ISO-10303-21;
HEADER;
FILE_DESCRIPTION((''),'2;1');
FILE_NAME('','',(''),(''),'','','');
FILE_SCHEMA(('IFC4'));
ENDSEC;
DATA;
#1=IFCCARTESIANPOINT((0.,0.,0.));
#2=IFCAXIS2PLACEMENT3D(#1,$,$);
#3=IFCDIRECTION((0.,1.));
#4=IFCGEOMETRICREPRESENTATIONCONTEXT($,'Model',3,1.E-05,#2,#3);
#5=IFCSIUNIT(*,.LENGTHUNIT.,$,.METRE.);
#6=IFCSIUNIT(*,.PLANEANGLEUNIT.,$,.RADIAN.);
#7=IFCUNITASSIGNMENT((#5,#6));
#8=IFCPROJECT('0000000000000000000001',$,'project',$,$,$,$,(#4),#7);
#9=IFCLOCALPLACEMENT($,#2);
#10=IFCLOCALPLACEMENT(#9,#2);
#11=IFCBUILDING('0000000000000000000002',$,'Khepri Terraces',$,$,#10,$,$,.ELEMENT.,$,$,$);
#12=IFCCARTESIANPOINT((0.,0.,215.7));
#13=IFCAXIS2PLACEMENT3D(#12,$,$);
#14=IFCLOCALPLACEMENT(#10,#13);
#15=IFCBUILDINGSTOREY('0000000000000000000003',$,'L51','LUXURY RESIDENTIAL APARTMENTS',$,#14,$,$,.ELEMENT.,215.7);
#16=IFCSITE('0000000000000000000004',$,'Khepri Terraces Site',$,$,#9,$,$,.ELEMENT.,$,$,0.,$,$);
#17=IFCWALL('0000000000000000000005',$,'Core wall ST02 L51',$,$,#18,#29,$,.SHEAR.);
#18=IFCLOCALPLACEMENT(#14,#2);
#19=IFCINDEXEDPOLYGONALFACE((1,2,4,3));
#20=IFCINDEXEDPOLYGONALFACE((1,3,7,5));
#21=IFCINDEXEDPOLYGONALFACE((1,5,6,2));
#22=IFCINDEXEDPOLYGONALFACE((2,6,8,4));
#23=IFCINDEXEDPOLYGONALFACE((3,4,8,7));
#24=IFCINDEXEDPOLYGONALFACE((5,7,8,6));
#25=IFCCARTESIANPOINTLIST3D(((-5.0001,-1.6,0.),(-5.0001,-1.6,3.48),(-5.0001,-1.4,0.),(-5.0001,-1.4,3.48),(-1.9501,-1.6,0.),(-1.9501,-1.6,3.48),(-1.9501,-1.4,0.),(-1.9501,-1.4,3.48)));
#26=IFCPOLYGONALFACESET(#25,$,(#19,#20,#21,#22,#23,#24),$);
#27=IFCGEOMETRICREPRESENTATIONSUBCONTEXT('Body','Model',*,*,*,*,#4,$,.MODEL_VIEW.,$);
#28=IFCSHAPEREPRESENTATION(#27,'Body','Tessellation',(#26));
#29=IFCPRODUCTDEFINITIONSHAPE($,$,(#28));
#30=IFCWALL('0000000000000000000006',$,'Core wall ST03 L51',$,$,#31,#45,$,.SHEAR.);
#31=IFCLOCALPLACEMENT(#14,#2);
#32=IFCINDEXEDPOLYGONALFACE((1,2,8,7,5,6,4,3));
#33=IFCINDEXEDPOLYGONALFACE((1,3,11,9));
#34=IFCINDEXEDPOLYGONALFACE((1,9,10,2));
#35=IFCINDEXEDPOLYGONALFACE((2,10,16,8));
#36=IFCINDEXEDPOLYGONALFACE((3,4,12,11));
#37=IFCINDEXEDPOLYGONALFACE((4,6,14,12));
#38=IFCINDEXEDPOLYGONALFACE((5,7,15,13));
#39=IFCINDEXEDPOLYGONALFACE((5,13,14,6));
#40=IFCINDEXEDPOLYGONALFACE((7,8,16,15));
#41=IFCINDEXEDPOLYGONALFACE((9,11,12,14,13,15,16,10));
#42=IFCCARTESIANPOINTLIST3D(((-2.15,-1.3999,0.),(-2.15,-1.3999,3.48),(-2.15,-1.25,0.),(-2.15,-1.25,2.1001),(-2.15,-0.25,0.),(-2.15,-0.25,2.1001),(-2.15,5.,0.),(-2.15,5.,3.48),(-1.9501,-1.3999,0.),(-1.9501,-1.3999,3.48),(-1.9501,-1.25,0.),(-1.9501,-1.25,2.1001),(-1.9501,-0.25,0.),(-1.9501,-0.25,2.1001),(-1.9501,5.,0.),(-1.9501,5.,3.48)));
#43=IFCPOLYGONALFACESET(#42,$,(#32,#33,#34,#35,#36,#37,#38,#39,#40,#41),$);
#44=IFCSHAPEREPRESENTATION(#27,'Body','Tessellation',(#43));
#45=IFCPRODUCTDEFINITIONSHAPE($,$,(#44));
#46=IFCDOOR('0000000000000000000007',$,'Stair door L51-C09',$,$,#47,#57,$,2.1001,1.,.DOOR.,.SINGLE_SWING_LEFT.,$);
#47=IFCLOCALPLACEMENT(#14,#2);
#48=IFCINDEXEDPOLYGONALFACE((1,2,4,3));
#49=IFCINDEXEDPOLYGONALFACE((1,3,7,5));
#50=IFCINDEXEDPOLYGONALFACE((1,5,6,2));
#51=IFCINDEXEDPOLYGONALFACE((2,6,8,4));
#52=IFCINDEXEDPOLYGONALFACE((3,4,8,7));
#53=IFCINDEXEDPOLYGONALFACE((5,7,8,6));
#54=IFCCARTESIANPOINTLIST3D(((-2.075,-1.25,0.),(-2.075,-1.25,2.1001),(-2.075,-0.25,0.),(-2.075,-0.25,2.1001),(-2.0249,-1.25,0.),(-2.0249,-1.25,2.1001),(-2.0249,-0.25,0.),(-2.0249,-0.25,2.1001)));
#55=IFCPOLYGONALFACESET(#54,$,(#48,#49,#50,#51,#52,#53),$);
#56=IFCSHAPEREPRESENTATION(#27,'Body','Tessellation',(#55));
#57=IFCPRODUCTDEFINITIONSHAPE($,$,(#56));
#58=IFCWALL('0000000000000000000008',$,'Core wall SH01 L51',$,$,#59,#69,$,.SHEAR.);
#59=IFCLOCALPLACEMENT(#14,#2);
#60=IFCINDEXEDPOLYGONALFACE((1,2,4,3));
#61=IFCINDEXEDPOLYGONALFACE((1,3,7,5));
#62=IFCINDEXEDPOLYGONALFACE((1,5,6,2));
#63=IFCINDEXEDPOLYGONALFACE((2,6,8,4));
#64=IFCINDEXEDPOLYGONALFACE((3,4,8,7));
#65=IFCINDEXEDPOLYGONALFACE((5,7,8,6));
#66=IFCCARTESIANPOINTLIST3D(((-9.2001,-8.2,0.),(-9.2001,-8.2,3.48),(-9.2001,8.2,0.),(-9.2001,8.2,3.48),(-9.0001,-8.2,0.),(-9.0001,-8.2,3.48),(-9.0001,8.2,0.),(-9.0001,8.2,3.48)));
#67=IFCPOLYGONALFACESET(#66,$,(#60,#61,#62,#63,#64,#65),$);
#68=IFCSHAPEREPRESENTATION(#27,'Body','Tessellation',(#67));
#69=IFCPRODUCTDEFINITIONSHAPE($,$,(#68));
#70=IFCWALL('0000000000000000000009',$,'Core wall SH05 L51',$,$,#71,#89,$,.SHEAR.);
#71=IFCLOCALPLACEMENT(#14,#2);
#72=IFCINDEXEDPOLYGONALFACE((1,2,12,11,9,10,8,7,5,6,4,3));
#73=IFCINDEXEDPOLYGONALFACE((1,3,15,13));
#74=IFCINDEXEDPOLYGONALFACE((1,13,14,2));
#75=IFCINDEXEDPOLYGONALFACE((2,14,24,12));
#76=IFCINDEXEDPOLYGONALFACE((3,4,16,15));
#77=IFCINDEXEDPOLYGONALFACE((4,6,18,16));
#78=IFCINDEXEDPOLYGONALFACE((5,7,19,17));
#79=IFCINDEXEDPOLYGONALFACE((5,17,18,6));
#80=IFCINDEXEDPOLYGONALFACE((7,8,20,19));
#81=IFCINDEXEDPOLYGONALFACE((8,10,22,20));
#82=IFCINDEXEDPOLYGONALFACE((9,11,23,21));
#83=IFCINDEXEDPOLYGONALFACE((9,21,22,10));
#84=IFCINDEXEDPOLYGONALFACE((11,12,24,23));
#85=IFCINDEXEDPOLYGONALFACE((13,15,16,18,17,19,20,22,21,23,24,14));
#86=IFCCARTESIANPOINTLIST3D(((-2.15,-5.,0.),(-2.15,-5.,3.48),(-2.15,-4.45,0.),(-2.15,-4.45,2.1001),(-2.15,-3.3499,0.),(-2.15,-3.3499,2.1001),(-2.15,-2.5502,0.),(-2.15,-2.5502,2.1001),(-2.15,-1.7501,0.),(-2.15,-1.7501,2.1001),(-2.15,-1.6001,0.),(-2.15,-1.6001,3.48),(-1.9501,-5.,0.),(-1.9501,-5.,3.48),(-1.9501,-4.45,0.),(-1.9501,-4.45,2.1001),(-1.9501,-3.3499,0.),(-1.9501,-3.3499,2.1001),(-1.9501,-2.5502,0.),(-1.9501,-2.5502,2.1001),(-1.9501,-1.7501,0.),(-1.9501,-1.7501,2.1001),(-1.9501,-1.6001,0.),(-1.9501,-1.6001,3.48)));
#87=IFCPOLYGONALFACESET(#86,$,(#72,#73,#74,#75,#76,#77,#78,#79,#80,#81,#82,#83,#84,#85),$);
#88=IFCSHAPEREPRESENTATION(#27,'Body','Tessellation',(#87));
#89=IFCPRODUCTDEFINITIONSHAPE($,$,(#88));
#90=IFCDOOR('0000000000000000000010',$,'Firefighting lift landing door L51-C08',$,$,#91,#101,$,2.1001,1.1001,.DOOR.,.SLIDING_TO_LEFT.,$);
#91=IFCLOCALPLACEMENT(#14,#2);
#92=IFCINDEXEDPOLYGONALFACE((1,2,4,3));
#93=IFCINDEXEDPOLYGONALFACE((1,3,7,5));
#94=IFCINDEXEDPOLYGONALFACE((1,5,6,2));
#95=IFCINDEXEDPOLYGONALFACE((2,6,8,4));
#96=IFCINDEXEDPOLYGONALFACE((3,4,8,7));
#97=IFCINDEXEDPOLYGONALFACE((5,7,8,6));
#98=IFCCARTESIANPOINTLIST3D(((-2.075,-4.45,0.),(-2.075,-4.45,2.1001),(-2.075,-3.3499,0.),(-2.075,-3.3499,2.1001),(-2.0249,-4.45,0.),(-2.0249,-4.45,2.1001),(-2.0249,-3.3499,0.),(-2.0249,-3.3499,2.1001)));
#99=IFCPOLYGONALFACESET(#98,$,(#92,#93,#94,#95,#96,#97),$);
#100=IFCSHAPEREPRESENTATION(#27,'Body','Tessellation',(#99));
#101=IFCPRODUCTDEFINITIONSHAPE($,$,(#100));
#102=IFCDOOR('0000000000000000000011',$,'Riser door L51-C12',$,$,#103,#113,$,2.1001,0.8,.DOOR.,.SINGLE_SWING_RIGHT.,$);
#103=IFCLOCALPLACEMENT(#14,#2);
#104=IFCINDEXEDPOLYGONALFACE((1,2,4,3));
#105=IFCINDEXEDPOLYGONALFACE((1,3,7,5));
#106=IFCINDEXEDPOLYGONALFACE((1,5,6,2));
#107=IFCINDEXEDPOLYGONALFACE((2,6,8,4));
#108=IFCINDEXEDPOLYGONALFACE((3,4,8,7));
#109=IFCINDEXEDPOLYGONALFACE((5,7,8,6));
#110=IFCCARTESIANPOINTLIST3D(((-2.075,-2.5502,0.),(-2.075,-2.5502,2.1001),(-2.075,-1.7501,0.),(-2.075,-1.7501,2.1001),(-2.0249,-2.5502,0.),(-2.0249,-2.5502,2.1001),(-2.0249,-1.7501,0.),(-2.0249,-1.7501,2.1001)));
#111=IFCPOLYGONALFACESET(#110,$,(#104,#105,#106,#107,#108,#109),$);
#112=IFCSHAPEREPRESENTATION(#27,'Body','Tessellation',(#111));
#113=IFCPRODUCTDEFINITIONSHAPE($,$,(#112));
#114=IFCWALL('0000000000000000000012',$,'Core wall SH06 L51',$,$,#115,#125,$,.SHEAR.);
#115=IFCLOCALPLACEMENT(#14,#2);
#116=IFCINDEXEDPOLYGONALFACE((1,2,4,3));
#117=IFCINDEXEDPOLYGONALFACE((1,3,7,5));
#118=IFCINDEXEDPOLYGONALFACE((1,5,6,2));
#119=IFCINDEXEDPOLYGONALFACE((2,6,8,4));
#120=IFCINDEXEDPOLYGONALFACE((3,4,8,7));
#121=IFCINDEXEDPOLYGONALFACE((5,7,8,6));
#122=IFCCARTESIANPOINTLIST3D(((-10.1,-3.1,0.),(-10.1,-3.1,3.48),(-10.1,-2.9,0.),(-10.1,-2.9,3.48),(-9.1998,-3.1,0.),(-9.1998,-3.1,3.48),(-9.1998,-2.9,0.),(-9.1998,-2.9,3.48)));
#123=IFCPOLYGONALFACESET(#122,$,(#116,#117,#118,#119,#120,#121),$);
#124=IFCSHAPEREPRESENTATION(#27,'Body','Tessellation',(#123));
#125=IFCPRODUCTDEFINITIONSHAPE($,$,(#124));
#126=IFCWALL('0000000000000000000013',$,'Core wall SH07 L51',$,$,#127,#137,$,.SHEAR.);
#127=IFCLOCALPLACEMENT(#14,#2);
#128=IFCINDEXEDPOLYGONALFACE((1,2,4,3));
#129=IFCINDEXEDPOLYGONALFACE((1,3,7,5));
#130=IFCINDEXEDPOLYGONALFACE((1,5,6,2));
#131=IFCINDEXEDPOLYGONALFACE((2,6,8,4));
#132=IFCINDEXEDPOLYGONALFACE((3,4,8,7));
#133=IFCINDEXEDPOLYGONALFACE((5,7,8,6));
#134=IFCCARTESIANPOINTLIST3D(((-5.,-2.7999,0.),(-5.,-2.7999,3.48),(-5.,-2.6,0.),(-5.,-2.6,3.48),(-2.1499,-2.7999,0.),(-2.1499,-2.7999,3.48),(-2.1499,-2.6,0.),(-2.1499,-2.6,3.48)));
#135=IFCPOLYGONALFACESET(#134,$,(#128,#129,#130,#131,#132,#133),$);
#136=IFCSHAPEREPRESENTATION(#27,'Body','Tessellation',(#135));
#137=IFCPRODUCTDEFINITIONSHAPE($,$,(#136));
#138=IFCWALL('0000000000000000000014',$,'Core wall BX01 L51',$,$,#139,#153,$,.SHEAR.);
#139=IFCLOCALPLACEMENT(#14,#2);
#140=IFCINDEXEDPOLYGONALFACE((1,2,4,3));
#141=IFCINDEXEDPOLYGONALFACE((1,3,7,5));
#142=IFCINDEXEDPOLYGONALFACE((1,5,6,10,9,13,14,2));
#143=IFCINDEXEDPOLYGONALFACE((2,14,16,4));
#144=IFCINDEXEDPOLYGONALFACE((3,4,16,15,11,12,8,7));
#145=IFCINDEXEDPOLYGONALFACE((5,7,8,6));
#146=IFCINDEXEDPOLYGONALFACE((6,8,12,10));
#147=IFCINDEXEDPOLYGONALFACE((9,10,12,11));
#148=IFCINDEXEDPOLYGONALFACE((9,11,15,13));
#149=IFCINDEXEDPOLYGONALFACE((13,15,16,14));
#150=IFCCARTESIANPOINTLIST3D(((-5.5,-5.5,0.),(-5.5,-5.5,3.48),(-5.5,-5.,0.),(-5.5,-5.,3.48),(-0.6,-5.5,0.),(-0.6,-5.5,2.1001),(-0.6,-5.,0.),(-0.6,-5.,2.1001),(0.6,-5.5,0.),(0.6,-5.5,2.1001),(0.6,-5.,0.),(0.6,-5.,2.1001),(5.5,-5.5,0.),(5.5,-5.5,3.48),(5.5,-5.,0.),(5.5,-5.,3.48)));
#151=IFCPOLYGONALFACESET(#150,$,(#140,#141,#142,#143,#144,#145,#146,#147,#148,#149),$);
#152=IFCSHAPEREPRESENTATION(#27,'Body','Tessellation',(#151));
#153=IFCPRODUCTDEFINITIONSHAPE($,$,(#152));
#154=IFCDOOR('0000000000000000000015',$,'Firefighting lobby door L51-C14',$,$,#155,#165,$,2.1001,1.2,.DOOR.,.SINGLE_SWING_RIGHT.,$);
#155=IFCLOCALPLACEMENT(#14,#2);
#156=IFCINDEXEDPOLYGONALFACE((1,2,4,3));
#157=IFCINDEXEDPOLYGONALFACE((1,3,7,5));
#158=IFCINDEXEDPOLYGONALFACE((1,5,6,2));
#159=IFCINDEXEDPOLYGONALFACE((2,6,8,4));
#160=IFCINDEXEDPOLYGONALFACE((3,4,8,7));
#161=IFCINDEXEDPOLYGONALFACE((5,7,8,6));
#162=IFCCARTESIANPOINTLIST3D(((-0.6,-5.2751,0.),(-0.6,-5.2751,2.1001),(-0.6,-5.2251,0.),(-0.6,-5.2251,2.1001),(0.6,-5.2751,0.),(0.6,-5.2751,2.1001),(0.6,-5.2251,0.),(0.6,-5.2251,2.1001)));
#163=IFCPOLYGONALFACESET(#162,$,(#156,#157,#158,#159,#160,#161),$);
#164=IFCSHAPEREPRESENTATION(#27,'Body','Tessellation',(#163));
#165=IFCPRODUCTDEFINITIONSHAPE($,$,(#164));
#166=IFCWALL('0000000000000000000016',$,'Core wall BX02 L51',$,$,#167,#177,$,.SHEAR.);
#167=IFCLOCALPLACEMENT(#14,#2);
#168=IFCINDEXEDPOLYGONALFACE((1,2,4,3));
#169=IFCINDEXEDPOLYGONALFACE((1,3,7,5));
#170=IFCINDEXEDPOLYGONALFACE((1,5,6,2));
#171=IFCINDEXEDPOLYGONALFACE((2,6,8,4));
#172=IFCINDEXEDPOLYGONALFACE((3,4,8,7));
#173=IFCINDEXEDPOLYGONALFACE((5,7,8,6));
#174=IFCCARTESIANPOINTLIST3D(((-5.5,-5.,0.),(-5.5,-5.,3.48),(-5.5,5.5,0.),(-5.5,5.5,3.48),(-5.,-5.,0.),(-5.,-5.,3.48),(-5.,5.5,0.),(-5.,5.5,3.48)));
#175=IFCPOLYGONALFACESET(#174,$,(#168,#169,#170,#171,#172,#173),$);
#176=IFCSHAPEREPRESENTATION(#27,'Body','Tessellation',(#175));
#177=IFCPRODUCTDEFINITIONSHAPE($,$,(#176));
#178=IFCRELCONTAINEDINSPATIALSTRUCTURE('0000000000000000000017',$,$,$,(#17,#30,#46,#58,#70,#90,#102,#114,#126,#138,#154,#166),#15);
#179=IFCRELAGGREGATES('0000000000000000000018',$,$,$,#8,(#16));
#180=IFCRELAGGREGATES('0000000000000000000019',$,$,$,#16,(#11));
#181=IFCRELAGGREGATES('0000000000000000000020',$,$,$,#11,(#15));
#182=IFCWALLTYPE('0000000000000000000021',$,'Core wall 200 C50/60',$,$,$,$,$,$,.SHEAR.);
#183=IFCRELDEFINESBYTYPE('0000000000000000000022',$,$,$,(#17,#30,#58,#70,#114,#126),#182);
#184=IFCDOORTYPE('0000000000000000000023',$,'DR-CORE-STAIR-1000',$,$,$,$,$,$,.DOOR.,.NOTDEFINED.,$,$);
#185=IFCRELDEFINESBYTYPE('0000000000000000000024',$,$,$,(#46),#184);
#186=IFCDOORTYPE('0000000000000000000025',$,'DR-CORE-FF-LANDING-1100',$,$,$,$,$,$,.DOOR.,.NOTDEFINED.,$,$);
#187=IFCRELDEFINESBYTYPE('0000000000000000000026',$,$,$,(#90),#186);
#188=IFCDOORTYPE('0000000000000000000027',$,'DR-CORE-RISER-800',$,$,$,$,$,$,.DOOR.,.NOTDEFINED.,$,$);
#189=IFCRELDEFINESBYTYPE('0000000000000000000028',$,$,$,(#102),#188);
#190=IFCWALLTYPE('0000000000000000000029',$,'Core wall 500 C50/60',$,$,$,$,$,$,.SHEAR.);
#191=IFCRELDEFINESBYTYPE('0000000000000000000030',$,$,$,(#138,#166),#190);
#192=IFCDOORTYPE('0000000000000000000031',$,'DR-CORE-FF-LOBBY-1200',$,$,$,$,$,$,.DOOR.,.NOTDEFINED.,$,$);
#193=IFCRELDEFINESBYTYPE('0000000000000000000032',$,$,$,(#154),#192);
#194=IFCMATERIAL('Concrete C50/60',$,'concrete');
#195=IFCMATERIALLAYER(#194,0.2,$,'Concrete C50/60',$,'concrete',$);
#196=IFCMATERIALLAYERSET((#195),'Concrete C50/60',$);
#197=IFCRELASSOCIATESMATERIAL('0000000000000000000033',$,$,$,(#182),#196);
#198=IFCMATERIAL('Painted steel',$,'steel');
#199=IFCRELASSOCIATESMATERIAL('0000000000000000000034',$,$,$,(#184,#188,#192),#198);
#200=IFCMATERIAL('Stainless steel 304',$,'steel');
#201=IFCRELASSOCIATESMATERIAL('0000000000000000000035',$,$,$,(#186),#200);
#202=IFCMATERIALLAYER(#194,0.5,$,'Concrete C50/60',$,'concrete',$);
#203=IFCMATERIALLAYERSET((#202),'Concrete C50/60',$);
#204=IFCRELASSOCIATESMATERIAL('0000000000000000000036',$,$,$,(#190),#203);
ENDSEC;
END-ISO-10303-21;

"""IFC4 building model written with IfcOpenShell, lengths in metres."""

from ifc_helpers import new_model, si_unit, direction, frame, frame_2d, origin, place, context, subcontext, project, spatial, rectangle, extrude, material, layer, layer_set, type_object, element, fill, save


model = new_model("IFC4")

# Units and contexts
model_context = context("Model", 3, precision=1e-05, world=origin(), true_north=direction((0.0, 1.0)))
body_context = subcontext(model_context, "Body", "Model", "MODEL_VIEW")
ifc_project = project(units=[si_unit("LENGTHUNIT", "METRE"), si_unit("PLANEANGLEUNIT", "RADIAN")], contexts=[model_context])

# Site, building, storey
site_placement = place(None, origin())
site = spatial("IfcSite", under=ifc_project, at=site_placement, Name="Khepri Terraces Site", CompositionType="ELEMENT", RefElevation=0.0)
building_placement = place(site_placement, origin())
building = spatial("IfcBuilding", under=site, at=building_placement, Name="Khepri Terraces", CompositionType="ELEMENT")
storey_placement = place(building_placement, frame((0.0, 0.0, 215.7)))
storey = spatial("IfcBuildingStorey", under=building, at=storey_placement, Name="L51", Description="LUXURY RESIDENTIAL APARTMENTS", CompositionType="ELEMENT", Elevation=215.7)

# Wall
ifc_material_1 = material(Name="Concrete C50/60", Category="concrete")
ifc_layer_1 = layer(ifc_material_1, 0.2, Name="Concrete C50/60", Category="concrete")
ifc_layer_set_1 = layer_set([ifc_layer_1], Name="Concrete C50/60")
wall_type_1 = type_object("IfcWallType", Name="Core wall 200 C50/60", PredefinedType="SHEAR", material=ifc_layer_set_1)
wall_1_placement = place(storey_placement, frame((-5.0, -1.5, 0.0), z_axis=(0.0, 0.0, 1.0), x_axis=(1.0, 0.0, 0.0)))
element("IfcWall", 1, at=wall_1_placement, inside=storey, type_object=wall_type_1, Name="Core wall ST02 L51", PredefinedType="SHEAR", context=body_context, shape_type="SweptSolid", body=[
    extrude(rectangle(XDim=3.05, YDim=0.2, at=frame_2d((1.5249, 0.0))), origin(), (0.0, 0.0, 1.0), 3.48),
])

# Wall, opening, door
wall_2_placement = place(storey_placement, frame((-2.05, -1.3999, 0.0), z_axis=(0.0, 0.0, 1.0), x_axis=(0.0, 1.0, 0.0)))
wall_2 = element("IfcWall", 2, at=wall_2_placement, inside=storey, type_object=wall_type_1, Name="Core wall ST03 L51", PredefinedType="SHEAR", context=body_context, shape_type="SweptSolid", body=[
    extrude(rectangle(XDim=6.3999, YDim=0.2, at=frame_2d((3.2, 0.0))), origin(), (0.0, 0.0, 1.0), 3.48),
])
opening_1_placement = place(wall_2_placement, frame((0.1499, 0.0, 0.0)))
opening_1 = element("IfcOpeningElement", 3, at=opening_1_placement, cuts=wall_2, PredefinedType="OPENING", context=body_context, shape_type="SweptSolid", body=[
    extrude(rectangle(XDim=1.0, YDim=2.1001, at=frame_2d((0.5, 1.05))), frame((0.0, 0.1099, 0.0), z_axis=(0.0, -1.0, 0.0), x_axis=(1.0, 0.0, 0.0)), (0.0, 0.0, 1.0), 0.22),
])
ifc_material_2 = material(Name="Painted steel", Category="steel")
door_type_1 = type_object("IfcDoorType", Name="DR-CORE-STAIR-1000", OperationType="NOTDEFINED", PredefinedType="DOOR", material=ifc_material_2)
door_1_placement = place(opening_1_placement, origin())
door_1 = element("IfcDoor", 4, at=door_1_placement, inside=storey, type_object=door_type_1, Name="Stair door L51-C09", OperationType="SINGLE_SWING_LEFT", OverallHeight=2.1001, OverallWidth=1.0, PredefinedType="DOOR", context=body_context, shape_type="SweptSolid", body=[
    extrude(rectangle(XDim=1.0, YDim=2.1001, at=frame_2d((0.5, 1.05))), frame((0.0, 0.0249, 0.0), z_axis=(0.0, -1.0, 0.0), x_axis=(1.0, 0.0, 0.0)), (0.0, 0.0, 1.0), 0.05),
])
fill(opening_1, door_1)

# Wall
wall_3_placement = place(storey_placement, frame((-9.1001, -8.2, 0.0), z_axis=(0.0, 0.0, 1.0), x_axis=(0.0, 1.0, 0.0)))
element("IfcWall", 5, at=wall_3_placement, inside=storey, type_object=wall_type_1, Name="Core wall SH01 L51", PredefinedType="SHEAR", context=body_context, shape_type="SweptSolid", body=[
    extrude(rectangle(XDim=16.3999, YDim=0.2, at=frame_2d((8.2, 0.0))), origin(), (0.0, 0.0, 1.0), 3.48),
])

# Wall, openings, doors
wall_4_placement = place(storey_placement, frame((-2.05, -5.0, 0.0), z_axis=(0.0, 0.0, 1.0), x_axis=(0.0, 1.0, 0.0)))
wall_4 = element("IfcWall", 6, at=wall_4_placement, inside=storey, type_object=wall_type_1, Name="Core wall SH05 L51", PredefinedType="SHEAR", context=body_context, shape_type="SweptSolid", body=[
    extrude(rectangle(XDim=3.3999, YDim=0.2, at=frame_2d((1.7, 0.0))), origin(), (0.0, 0.0, 1.0), 3.48),
])
opening_2_placement = place(wall_4_placement, frame((0.55, 0.0, 0.0)))
opening_2 = element("IfcOpeningElement", 7, at=opening_2_placement, cuts=wall_4, PredefinedType="OPENING", context=body_context, shape_type="SweptSolid", body=[
    extrude(rectangle(XDim=1.1001, YDim=2.1001, at=frame_2d((0.55, 1.05))), frame((0.0, 0.1099, 0.0), z_axis=(0.0, -1.0, 0.0), x_axis=(1.0, 0.0, 0.0)), (0.0, 0.0, 1.0), 0.22),
])
opening_3_placement = place(wall_4_placement, frame((2.45, 0.0, 0.0)))
opening_3 = element("IfcOpeningElement", 8, at=opening_3_placement, cuts=wall_4, PredefinedType="OPENING", context=body_context, shape_type="SweptSolid", body=[
    extrude(rectangle(XDim=0.8, YDim=2.1001, at=frame_2d((0.3999, 1.05))), frame((0.0, 0.1099, 0.0), z_axis=(0.0, -1.0, 0.0), x_axis=(1.0, 0.0, 0.0)), (0.0, 0.0, 1.0), 0.22),
])
ifc_material_3 = material(Name="Stainless steel 304", Category="steel")
door_type_2 = type_object("IfcDoorType", Name="DR-CORE-FF-LANDING-1100", OperationType="NOTDEFINED", PredefinedType="DOOR", material=ifc_material_3)
door_2_placement = place(opening_2_placement, origin())
door_2 = element("IfcDoor", 9, at=door_2_placement, inside=storey, type_object=door_type_2, Name="Firefighting lift landing door L51-C08", OperationType="SLIDING_TO_LEFT", OverallHeight=2.1001, OverallWidth=1.1001, PredefinedType="DOOR", context=body_context, shape_type="SweptSolid", body=[
    extrude(rectangle(XDim=1.1001, YDim=2.1001, at=frame_2d((0.55, 1.05))), frame((0.0, 0.0249, 0.0), z_axis=(0.0, -1.0, 0.0), x_axis=(1.0, 0.0, 0.0)), (0.0, 0.0, 1.0), 0.05),
])
fill(opening_2, door_2)
door_type_3 = type_object("IfcDoorType", Name="DR-CORE-RISER-800", OperationType="NOTDEFINED", PredefinedType="DOOR", material=ifc_material_2)
door_3_placement = place(opening_3_placement, origin())
door_3 = element("IfcDoor", 10, at=door_3_placement, inside=storey, type_object=door_type_3, Name="Riser door L51-C12", OperationType="SINGLE_SWING_RIGHT", OverallHeight=2.1001, OverallWidth=0.8, PredefinedType="DOOR", context=body_context, shape_type="SweptSolid", body=[
    extrude(rectangle(XDim=0.8, YDim=2.1001, at=frame_2d((0.3999, 1.05))), frame((0.0, 0.0249, 0.0), z_axis=(0.0, -1.0, 0.0), x_axis=(1.0, 0.0, 0.0)), (0.0, 0.0, 1.0), 0.05),
])
fill(opening_3, door_3)

# Walls
wall_5_placement = place(storey_placement, frame((-10.1001, -3.0, 0.0), z_axis=(0.0, 0.0, 1.0), x_axis=(1.0, 0.0, 0.0)))
element("IfcWall", 11, at=wall_5_placement, inside=storey, type_object=wall_type_1, Name="Core wall SH06 L51", PredefinedType="SHEAR", context=body_context, shape_type="SweptSolid", body=[
    extrude(rectangle(XDim=0.9001, YDim=0.2, at=frame_2d((0.4502, 0.0))), origin(), (0.0, 0.0, 1.0), 3.48),
])
wall_6_placement = place(storey_placement, frame((-5.0, -2.7, 0.0), z_axis=(0.0, 0.0, 1.0), x_axis=(1.0, 0.0, 0.0)))
element("IfcWall", 12, at=wall_6_placement, inside=storey, type_object=wall_type_1, Name="Core wall SH07 L51", PredefinedType="SHEAR", context=body_context, shape_type="SweptSolid", body=[
    extrude(rectangle(XDim=2.8501, YDim=0.2, at=frame_2d((1.425, 0.0))), origin(), (0.0, 0.0, 1.0), 3.48),
])

# Wall, opening, door
ifc_layer_2 = layer(ifc_material_1, 0.5, Name="Concrete C50/60", Category="concrete")
ifc_layer_set_2 = layer_set([ifc_layer_2], Name="Concrete C50/60")
wall_type_2 = type_object("IfcWallType", Name="Core wall 500 C50/60", PredefinedType="SHEAR", material=ifc_layer_set_2)
wall_7_placement = place(storey_placement, frame((-5.5, -5.25, 0.0), z_axis=(0.0, 0.0, 1.0), x_axis=(1.0, 0.0, 0.0)))
wall_7 = element("IfcWall", 13, at=wall_7_placement, inside=storey, type_object=wall_type_2, Name="Core wall BX01 L51", PredefinedType="SHEAR", context=body_context, shape_type="SweptSolid", body=[
    extrude(rectangle(XDim=11.0, YDim=0.5, at=frame_2d((5.5, 0.0))), origin(), (0.0, 0.0, 1.0), 3.48),
])
opening_4_placement = place(wall_7_placement, frame((4.8999, 0.0, 0.0)))
opening_4 = element("IfcOpeningElement", 14, at=opening_4_placement, cuts=wall_7, PredefinedType="OPENING", context=body_context, shape_type="SweptSolid", body=[
    extrude(rectangle(XDim=1.2, YDim=2.1001, at=frame_2d((0.6001, 1.05))), frame((0.0, 0.26, 0.0), z_axis=(0.0, -1.0, 0.0), x_axis=(1.0, 0.0, 0.0)), (0.0, 0.0, 1.0), 0.52),
])
door_type_4 = type_object("IfcDoorType", Name="DR-CORE-FF-LOBBY-1200", OperationType="NOTDEFINED", PredefinedType="DOOR", material=ifc_material_2)
door_4_placement = place(opening_4_placement, origin())
door_4 = element("IfcDoor", 15, at=door_4_placement, inside=storey, type_object=door_type_4, Name="Firefighting lobby door L51-C14", OperationType="SINGLE_SWING_RIGHT", OverallHeight=2.1001, OverallWidth=1.2, PredefinedType="DOOR", context=body_context, shape_type="SweptSolid", body=[
    extrude(rectangle(XDim=1.2, YDim=2.1001, at=frame_2d((0.6001, 1.05))), frame((0.0, 0.0249, 0.0), z_axis=(0.0, -1.0, 0.0), x_axis=(1.0, 0.0, 0.0)), (0.0, 0.0, 1.0), 0.05),
])
fill(opening_4, door_4)

# Wall
wall_8_placement = place(storey_placement, frame((-5.25, -5.0, 0.0), z_axis=(0.0, 0.0, 1.0), x_axis=(0.0, 1.0, 0.0)))
element("IfcWall", 16, at=wall_8_placement, inside=storey, type_object=wall_type_2, Name="Core wall BX02 L51", PredefinedType="SHEAR", context=body_context, shape_type="SweptSolid", body=[
    extrude(rectangle(XDim=10.5, YDim=0.5, at=frame_2d((5.25, 0.0))), origin(), (0.0, 0.0, 1.0), 3.48),
])

save(model, "model.ifc")
